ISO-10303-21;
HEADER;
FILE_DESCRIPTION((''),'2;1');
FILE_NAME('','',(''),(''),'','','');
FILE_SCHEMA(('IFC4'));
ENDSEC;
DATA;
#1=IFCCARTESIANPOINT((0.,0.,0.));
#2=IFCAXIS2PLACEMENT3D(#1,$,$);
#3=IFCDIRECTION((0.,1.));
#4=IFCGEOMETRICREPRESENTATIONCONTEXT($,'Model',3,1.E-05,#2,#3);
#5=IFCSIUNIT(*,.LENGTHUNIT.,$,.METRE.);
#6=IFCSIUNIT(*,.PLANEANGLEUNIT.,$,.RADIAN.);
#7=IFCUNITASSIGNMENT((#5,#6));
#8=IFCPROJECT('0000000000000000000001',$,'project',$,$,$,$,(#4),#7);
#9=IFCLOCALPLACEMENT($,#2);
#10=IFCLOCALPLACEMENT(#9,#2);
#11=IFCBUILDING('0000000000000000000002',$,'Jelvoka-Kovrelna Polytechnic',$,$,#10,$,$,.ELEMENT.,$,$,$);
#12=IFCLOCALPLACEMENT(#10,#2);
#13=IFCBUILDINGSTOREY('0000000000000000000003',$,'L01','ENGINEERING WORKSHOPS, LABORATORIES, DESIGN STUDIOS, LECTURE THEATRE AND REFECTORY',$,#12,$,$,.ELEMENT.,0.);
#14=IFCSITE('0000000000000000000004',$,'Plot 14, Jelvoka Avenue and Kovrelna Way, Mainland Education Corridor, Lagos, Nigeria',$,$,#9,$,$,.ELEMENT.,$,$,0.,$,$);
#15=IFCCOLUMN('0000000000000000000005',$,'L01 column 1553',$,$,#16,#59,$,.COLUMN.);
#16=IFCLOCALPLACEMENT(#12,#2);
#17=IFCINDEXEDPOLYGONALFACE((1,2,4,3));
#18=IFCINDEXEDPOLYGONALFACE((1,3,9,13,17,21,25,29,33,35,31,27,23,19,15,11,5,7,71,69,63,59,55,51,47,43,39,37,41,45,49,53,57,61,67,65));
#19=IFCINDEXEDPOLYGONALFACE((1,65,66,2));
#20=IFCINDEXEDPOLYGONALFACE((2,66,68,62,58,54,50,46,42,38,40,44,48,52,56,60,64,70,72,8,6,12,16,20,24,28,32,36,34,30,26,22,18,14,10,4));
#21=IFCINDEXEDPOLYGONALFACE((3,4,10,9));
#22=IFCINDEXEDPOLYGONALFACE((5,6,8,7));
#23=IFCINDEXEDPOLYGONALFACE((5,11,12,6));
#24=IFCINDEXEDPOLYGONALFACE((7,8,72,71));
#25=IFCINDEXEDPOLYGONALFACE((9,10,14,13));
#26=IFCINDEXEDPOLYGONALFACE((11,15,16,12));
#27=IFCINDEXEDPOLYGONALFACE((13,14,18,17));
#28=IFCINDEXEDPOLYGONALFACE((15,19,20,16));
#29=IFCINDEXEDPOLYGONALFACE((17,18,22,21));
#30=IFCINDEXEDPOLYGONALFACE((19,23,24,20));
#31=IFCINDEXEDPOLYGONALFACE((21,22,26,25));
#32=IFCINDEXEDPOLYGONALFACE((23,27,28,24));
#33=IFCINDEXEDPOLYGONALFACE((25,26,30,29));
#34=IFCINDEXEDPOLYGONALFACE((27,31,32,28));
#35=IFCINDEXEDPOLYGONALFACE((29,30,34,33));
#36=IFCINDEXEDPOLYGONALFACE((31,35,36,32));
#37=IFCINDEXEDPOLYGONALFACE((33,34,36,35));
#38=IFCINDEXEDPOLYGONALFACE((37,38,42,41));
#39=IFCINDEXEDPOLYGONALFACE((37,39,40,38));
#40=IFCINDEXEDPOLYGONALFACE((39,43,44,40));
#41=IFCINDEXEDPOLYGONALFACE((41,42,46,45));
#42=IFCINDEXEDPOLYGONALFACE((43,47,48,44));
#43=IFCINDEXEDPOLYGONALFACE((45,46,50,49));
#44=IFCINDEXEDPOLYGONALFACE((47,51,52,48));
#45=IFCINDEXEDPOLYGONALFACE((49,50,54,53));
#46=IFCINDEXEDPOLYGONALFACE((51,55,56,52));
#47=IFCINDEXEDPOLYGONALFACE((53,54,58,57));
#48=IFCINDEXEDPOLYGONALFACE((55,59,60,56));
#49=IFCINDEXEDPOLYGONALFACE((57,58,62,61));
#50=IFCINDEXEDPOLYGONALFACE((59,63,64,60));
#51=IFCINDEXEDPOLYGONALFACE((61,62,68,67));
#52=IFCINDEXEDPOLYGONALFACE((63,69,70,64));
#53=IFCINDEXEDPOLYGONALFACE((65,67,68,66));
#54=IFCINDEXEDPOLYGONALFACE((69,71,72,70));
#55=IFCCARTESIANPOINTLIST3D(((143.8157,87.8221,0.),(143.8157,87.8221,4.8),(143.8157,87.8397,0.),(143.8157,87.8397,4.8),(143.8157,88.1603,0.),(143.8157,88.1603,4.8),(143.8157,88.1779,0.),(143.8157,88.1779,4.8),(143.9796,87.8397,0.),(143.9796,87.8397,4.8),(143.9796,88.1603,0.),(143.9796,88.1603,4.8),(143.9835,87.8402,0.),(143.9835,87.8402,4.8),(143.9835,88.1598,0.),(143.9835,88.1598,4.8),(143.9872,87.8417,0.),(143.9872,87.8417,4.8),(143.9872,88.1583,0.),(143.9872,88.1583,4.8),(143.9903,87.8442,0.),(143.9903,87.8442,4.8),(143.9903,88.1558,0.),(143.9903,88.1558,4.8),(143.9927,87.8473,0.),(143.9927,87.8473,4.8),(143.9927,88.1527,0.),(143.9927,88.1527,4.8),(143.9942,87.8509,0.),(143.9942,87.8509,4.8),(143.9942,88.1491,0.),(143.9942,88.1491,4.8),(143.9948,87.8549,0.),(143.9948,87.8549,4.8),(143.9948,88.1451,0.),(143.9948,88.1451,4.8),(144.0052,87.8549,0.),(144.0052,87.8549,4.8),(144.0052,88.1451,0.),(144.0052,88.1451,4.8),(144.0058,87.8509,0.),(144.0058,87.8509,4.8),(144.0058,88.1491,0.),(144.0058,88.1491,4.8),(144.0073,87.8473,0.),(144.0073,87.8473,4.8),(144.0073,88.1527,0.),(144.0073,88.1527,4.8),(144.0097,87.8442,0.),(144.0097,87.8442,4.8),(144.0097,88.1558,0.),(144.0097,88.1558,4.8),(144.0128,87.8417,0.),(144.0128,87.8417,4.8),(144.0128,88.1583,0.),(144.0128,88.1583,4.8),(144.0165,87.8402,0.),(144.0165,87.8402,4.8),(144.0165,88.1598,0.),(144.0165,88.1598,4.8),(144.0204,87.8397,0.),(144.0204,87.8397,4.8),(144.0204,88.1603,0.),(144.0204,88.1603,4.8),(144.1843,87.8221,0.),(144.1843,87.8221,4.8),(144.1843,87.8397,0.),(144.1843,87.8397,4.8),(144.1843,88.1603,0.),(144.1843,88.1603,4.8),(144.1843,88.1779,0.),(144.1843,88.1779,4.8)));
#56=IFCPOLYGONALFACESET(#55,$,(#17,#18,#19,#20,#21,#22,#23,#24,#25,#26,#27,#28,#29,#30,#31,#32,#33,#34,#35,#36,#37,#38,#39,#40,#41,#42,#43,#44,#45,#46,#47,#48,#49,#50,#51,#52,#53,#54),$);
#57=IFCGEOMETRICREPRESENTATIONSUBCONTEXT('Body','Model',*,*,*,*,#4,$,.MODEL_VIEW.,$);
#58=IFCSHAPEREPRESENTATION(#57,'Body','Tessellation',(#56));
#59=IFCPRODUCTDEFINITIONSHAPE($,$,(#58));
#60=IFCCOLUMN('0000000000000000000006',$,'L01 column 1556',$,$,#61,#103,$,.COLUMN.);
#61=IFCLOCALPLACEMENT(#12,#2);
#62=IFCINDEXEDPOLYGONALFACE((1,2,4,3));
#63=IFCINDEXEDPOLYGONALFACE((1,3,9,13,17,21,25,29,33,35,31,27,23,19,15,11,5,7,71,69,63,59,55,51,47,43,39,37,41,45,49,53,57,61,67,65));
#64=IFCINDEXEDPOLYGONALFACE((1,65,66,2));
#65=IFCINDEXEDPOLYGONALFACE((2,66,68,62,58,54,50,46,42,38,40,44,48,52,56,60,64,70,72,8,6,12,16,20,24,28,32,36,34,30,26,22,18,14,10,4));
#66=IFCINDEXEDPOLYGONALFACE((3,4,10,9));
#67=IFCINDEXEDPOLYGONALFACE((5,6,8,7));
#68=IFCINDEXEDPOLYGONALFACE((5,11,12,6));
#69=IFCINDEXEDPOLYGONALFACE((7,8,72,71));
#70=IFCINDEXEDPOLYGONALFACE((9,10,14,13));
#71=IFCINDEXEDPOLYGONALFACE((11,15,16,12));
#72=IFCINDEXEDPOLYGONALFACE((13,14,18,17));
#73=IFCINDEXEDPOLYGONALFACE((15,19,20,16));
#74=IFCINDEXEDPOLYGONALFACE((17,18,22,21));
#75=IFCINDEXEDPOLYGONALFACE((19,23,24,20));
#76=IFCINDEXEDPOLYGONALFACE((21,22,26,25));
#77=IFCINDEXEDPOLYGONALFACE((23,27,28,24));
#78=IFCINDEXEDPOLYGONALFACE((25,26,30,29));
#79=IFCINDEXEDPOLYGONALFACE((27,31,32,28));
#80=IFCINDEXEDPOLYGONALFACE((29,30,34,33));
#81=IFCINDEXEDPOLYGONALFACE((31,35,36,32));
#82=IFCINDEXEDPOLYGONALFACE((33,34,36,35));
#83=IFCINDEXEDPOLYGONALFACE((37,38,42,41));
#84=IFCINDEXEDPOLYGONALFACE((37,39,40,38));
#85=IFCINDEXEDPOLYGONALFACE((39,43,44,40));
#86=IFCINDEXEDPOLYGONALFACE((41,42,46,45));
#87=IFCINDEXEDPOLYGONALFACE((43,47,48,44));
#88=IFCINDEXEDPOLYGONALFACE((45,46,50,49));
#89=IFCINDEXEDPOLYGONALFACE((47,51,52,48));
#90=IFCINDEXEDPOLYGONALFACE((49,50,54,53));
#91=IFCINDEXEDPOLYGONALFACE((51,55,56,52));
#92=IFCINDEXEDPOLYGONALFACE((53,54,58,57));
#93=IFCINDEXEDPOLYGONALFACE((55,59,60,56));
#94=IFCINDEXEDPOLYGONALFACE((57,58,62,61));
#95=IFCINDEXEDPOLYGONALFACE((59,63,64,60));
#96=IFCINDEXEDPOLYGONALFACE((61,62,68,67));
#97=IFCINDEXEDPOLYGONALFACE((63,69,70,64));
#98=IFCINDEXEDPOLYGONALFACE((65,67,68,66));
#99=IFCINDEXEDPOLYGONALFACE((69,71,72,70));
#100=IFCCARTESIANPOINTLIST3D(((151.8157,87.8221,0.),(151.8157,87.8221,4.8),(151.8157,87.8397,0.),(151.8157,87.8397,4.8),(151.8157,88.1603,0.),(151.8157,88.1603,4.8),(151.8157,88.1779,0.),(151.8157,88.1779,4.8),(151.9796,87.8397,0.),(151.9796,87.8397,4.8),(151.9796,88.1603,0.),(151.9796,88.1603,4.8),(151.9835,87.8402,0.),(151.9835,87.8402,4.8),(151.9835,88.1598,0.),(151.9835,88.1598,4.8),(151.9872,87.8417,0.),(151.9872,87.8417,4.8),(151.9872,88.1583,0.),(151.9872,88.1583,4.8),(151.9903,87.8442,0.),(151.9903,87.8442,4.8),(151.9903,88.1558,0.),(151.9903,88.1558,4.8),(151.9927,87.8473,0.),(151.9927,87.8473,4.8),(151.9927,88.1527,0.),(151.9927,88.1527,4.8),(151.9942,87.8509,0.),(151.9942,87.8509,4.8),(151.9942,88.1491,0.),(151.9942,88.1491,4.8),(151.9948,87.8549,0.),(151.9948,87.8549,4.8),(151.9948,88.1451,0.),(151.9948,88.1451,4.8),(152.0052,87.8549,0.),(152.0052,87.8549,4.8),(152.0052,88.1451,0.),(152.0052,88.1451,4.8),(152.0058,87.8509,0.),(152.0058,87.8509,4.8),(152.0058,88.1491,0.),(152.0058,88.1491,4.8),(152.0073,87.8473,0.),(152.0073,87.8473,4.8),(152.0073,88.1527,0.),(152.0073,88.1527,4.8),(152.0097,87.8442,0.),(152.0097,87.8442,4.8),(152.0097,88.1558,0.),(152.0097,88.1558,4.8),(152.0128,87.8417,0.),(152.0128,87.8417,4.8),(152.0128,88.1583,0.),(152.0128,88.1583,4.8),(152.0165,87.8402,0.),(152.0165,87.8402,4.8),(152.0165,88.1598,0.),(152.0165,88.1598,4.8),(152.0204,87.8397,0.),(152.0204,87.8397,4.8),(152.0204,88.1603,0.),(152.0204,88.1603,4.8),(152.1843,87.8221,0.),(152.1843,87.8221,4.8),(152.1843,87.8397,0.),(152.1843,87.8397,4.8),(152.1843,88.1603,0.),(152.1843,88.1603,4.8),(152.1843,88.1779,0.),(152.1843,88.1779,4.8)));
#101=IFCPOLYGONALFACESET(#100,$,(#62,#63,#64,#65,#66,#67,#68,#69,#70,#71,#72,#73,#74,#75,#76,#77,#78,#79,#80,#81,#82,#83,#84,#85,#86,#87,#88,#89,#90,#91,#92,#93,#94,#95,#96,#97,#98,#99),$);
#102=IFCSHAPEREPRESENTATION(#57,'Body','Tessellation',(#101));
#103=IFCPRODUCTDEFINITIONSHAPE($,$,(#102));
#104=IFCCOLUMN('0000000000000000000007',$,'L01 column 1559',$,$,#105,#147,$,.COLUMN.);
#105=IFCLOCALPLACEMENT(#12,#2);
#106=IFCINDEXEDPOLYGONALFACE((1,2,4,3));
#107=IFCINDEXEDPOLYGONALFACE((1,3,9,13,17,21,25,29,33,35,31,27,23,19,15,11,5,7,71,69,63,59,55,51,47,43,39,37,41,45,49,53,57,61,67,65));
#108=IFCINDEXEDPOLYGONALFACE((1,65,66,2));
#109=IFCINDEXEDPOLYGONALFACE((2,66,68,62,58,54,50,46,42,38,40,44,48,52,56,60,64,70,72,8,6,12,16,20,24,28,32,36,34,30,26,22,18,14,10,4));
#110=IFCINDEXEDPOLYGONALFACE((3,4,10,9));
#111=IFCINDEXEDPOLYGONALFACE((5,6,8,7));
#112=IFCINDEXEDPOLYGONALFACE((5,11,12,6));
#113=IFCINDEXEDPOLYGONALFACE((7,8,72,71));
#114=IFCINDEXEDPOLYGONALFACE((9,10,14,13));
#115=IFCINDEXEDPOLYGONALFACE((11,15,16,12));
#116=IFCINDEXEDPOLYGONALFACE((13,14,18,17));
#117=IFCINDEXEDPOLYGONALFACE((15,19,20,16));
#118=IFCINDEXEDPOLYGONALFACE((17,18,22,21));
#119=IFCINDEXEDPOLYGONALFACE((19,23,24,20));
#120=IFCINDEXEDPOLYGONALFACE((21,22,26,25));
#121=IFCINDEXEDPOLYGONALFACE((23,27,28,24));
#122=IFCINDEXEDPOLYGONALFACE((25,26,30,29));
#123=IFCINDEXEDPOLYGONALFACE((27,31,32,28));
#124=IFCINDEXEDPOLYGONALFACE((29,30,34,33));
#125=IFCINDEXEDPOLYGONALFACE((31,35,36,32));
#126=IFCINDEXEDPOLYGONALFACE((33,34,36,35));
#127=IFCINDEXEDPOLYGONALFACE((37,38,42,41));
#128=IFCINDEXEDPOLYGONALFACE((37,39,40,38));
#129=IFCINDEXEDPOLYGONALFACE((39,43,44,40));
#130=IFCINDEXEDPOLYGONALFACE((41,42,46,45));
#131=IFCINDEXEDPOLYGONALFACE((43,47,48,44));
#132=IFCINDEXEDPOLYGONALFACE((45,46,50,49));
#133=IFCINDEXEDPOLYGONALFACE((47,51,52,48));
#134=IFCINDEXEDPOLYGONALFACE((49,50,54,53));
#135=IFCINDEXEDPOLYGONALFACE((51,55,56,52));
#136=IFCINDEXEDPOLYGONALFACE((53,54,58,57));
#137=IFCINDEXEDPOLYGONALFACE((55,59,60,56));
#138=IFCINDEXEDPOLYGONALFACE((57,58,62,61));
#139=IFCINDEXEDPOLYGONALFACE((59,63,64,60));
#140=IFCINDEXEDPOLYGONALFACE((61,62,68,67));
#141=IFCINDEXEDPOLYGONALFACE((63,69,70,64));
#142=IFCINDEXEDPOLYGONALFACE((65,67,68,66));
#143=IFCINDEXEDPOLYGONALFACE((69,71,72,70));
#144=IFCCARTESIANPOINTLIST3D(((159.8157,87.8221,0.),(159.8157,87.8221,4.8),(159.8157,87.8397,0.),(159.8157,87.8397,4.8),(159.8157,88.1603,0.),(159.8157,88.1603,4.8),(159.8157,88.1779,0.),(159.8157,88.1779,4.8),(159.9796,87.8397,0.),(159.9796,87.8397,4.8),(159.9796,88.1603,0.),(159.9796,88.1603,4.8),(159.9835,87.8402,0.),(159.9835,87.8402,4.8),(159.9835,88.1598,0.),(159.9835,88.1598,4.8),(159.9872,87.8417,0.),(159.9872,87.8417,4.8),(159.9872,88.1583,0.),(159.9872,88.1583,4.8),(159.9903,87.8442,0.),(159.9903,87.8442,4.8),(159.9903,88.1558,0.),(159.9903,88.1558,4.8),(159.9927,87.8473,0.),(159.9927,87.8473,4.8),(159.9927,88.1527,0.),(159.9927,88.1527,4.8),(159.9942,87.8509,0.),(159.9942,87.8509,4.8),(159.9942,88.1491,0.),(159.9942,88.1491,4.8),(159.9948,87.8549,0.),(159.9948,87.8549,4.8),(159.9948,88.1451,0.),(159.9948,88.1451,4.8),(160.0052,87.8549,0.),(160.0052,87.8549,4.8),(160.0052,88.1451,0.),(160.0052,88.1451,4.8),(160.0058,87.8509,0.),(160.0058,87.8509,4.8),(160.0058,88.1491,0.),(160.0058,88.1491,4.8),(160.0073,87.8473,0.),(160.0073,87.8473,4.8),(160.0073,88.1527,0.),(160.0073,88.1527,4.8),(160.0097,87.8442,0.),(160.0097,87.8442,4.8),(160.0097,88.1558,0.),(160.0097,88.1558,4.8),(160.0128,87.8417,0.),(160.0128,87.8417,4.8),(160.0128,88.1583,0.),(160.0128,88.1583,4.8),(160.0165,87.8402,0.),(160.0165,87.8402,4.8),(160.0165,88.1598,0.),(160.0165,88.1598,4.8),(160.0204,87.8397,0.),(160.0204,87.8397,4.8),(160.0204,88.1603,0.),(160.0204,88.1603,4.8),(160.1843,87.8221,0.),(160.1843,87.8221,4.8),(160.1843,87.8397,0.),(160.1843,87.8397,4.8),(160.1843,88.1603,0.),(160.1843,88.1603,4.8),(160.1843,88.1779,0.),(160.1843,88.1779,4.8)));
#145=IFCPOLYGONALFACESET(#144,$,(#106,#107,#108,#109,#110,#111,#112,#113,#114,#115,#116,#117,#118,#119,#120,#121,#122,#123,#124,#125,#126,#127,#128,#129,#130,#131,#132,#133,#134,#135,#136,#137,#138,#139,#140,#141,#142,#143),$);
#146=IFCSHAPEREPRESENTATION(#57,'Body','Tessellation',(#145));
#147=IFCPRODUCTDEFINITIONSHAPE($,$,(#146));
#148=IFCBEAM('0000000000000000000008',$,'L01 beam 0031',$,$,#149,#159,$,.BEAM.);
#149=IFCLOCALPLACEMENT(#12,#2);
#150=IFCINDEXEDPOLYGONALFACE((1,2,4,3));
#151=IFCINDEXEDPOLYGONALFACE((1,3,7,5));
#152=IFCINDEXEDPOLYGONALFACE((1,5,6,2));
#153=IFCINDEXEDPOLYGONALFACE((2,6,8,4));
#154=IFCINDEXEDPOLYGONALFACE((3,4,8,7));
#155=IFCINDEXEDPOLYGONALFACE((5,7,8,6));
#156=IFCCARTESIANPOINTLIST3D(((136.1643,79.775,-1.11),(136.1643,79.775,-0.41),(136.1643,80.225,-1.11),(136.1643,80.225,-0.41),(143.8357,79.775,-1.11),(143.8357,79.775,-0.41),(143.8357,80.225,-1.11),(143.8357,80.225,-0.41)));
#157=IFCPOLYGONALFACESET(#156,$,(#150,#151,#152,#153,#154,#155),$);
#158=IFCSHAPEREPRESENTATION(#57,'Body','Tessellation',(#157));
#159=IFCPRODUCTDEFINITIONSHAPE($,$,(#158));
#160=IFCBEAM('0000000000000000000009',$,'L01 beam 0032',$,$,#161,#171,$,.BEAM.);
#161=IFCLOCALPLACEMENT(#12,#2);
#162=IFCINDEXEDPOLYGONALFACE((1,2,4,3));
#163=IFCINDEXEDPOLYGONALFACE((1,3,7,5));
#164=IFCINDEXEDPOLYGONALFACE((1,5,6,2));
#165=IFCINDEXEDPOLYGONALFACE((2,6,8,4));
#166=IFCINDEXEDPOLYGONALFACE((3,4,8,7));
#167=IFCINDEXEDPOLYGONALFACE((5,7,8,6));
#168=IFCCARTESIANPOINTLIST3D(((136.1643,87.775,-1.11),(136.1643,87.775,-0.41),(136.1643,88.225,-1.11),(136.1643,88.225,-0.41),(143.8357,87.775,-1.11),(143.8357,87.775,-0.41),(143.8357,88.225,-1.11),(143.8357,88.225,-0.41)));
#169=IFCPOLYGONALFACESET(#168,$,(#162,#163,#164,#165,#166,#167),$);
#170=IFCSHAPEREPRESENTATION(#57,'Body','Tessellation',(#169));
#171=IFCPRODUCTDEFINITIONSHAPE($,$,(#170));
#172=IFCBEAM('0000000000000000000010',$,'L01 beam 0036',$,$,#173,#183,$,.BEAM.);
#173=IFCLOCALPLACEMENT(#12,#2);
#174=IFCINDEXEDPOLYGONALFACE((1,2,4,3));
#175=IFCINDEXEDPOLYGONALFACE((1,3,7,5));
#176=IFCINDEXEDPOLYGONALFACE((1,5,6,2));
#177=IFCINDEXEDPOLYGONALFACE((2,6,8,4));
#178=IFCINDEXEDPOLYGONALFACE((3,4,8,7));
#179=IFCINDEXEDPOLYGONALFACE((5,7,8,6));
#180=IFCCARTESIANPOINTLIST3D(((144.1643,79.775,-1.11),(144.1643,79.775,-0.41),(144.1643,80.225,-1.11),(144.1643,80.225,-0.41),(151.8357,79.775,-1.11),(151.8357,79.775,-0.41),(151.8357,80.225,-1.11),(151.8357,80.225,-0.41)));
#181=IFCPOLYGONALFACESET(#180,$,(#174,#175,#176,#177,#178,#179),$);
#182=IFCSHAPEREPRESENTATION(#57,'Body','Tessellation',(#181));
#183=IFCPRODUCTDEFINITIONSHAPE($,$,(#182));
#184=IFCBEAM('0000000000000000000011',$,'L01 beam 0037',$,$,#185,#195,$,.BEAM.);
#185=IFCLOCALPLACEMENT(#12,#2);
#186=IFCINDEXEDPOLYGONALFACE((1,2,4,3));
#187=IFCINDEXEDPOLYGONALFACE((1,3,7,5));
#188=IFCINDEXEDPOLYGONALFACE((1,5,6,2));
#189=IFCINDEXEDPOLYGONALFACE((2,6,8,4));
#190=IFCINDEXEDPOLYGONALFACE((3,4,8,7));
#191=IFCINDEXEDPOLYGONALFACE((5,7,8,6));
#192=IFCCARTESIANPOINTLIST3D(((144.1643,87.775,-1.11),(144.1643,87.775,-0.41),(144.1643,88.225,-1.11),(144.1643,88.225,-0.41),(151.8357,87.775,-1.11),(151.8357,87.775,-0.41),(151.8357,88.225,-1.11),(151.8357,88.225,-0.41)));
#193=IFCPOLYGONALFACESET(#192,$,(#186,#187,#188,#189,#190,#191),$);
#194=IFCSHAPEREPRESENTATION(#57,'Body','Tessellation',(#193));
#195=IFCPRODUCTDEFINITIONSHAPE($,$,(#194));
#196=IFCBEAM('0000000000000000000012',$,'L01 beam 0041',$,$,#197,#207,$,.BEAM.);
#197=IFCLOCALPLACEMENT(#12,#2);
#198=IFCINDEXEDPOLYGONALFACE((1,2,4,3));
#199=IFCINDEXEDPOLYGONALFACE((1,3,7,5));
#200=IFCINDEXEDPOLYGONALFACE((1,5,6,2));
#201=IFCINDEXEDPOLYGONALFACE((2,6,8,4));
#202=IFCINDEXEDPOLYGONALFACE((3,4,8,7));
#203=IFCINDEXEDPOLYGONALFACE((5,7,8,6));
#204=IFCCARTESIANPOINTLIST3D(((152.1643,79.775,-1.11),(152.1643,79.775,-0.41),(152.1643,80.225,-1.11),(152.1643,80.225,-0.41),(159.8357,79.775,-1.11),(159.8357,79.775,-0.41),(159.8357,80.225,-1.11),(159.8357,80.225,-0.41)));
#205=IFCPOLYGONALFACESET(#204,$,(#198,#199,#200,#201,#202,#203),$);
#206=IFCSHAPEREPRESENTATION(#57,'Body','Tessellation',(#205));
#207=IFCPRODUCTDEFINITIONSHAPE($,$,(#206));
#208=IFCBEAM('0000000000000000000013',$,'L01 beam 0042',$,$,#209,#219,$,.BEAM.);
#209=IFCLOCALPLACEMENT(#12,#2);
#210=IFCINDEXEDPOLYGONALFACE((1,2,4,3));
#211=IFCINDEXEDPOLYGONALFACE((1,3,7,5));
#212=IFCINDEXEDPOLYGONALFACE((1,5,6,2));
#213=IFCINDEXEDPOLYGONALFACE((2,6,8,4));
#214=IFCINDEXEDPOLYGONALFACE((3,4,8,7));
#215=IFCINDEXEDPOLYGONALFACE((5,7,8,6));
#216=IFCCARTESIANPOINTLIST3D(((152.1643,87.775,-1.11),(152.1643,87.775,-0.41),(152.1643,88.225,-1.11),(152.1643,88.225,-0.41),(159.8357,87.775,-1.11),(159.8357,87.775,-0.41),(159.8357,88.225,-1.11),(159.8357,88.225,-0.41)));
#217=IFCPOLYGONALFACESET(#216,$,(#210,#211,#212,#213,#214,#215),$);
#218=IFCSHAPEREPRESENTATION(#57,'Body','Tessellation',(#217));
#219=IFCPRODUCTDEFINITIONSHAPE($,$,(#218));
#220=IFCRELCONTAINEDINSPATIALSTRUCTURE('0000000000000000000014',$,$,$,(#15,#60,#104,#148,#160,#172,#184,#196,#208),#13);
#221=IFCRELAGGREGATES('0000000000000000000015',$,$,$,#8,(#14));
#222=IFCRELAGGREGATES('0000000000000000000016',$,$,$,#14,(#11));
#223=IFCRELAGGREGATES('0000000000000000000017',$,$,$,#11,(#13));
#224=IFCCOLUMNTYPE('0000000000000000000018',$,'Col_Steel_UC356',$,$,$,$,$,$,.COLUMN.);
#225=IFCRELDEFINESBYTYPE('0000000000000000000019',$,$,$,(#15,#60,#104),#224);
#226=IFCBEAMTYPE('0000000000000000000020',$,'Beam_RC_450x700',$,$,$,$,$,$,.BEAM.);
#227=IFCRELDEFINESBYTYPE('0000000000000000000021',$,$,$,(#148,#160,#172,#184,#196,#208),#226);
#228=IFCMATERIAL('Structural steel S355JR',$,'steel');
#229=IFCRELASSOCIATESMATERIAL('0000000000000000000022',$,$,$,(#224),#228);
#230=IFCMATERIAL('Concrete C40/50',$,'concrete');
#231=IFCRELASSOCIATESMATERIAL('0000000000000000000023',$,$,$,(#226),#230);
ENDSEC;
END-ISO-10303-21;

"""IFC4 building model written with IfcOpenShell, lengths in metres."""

from ifc_helpers import new_model, si_unit, direction, frame, origin, origin_2d, place, context, subcontext, project, spatial, rectangle, i_section, extrude, material, material_profile, profile_set, type_object, element, save


model = new_model("IFC4")

# Units and contexts
model_context = context("Model", 3, precision=1e-05, world=origin(), true_north=direction((0.0, 1.0)))
body_context = subcontext(model_context, "Body", "Model", "MODEL_VIEW")
ifc_project = project(units=[si_unit("LENGTHUNIT", "METRE"), si_unit("PLANEANGLEUNIT", "RADIAN")], contexts=[model_context])

# Site, building, storey
site_placement = place(None, origin())
site = spatial("IfcSite", under=ifc_project, at=site_placement, Name="Plot 14, Jelvoka Avenue and Kovrelna Way, Mainland Education Corridor, Lagos, Nigeria", CompositionType="ELEMENT", RefElevation=0.0)
building_placement = place(site_placement, origin())
building = spatial("IfcBuilding", under=site, at=building_placement, Name="Jelvoka-Kovrelna Polytechnic", CompositionType="ELEMENT")
storey_placement = place(building_placement, origin())
storey = spatial("IfcBuildingStorey", under=building, at=storey_placement, Name="L01", Description="ENGINEERING WORKSHOPS, LABORATORIES, DESIGN STUDIOS, LECTURE THEATRE AND REFECTORY", CompositionType="ELEMENT", Elevation=0.0)

# Columns
ifc_material_1 = material(Name="Structural steel S355JR", Category="steel")
ifc_material_profile_1 = material_profile(ifc_material_1, i_section(OverallWidth=0.3687, OverallDepth=0.3557, WebThickness=0.0105, FlangeThickness=0.0176, FilletRadius=0.0151, at=origin_2d()), Name="356x368x129 UC")
ifc_profile_set_1 = profile_set([ifc_material_profile_1], Name="Structural steel S355JR")
column_type_1 = type_object("IfcColumnType", Name="Col_Steel_UC356", PredefinedType="COLUMN", material=ifc_profile_set_1)
for number, where, z_axis, x_axis, name in (
    (1, (144.0, 88.0, 0.0), (0.0, 0.0, 1.0), (1.0, 0.0, 0.0), "L01 column 1553"),
    (2, (152.0, 88.0, 0.0), (0.0, 0.0, 1.0), (1.0, 0.0, 0.0), "L01 column 1556"),
    (3, (160.0, 88.0, 0.0), (0.0, 0.0, 1.0), (1.0, 0.0, 0.0), "L01 column 1559"),
):
    element("IfcColumn", number, at=place(storey_placement, frame(where, z_axis=z_axis, x_axis=x_axis)), inside=storey, type_object=column_type_1, Name=name, PredefinedType="COLUMN", context=body_context, shape_type="SweptSolid", body=[
        extrude(i_section(OverallWidth=0.3687, OverallDepth=0.3557, WebThickness=0.0105, FlangeThickness=0.0176, FilletRadius=0.0151, at=origin_2d()), origin(), (0.0, 0.0, 1.0), 4.8),
    ])

# Beams
ifc_material_2 = material(Name="Concrete C40/50", Category="concrete")
ifc_material_profile_2 = material_profile(ifc_material_2, rectangle(XDim=0.45, YDim=0.7, at=origin_2d()), Name="RC 450x700")
ifc_profile_set_2 = profile_set([ifc_material_profile_2], Name="Concrete C40/50")
beam_type = type_object("IfcBeamType", Name="Beam_RC_450x700", PredefinedType="BEAM", material=ifc_profile_set_2)
for number, where, z_axis, x_axis, name in (
    (4, (136.1643, 80.0, -0.76), (1.0, 0.0, 0.0), (0.0, 1.0, 0.0), "L01 beam 0031"),
    (5, (136.1643, 88.0, -0.76), (1.0, 0.0, 0.0), (0.0, 1.0, 0.0), "L01 beam 0032"),
    (6, (144.1643, 80.0, -0.76), (1.0, 0.0, 0.0), (0.0, 1.0, 0.0), "L01 beam 0036"),
    (7, (144.1643, 88.0, -0.76), (1.0, 0.0, 0.0), (0.0, 1.0, 0.0), "L01 beam 0037"),
    (8, (152.1643, 80.0, -0.76), (1.0, 0.0, 0.0), (0.0, 1.0, 0.0), "L01 beam 0041"),
    (9, (152.1643, 88.0, -0.76), (1.0, 0.0, 0.0), (0.0, 1.0, 0.0), "L01 beam 0042"),
):
    element("IfcBeam", number, at=place(storey_placement, frame(where, z_axis=z_axis, x_axis=x_axis)), inside=storey, type_object=beam_type, Name=name, PredefinedType="BEAM", context=body_context, shape_type="SweptSolid", body=[
        extrude(rectangle(XDim=0.45, YDim=0.7, at=origin_2d()), origin(), (0.0, 0.0, 1.0), 7.6714),
    ])

save(model, "model.ifc")
